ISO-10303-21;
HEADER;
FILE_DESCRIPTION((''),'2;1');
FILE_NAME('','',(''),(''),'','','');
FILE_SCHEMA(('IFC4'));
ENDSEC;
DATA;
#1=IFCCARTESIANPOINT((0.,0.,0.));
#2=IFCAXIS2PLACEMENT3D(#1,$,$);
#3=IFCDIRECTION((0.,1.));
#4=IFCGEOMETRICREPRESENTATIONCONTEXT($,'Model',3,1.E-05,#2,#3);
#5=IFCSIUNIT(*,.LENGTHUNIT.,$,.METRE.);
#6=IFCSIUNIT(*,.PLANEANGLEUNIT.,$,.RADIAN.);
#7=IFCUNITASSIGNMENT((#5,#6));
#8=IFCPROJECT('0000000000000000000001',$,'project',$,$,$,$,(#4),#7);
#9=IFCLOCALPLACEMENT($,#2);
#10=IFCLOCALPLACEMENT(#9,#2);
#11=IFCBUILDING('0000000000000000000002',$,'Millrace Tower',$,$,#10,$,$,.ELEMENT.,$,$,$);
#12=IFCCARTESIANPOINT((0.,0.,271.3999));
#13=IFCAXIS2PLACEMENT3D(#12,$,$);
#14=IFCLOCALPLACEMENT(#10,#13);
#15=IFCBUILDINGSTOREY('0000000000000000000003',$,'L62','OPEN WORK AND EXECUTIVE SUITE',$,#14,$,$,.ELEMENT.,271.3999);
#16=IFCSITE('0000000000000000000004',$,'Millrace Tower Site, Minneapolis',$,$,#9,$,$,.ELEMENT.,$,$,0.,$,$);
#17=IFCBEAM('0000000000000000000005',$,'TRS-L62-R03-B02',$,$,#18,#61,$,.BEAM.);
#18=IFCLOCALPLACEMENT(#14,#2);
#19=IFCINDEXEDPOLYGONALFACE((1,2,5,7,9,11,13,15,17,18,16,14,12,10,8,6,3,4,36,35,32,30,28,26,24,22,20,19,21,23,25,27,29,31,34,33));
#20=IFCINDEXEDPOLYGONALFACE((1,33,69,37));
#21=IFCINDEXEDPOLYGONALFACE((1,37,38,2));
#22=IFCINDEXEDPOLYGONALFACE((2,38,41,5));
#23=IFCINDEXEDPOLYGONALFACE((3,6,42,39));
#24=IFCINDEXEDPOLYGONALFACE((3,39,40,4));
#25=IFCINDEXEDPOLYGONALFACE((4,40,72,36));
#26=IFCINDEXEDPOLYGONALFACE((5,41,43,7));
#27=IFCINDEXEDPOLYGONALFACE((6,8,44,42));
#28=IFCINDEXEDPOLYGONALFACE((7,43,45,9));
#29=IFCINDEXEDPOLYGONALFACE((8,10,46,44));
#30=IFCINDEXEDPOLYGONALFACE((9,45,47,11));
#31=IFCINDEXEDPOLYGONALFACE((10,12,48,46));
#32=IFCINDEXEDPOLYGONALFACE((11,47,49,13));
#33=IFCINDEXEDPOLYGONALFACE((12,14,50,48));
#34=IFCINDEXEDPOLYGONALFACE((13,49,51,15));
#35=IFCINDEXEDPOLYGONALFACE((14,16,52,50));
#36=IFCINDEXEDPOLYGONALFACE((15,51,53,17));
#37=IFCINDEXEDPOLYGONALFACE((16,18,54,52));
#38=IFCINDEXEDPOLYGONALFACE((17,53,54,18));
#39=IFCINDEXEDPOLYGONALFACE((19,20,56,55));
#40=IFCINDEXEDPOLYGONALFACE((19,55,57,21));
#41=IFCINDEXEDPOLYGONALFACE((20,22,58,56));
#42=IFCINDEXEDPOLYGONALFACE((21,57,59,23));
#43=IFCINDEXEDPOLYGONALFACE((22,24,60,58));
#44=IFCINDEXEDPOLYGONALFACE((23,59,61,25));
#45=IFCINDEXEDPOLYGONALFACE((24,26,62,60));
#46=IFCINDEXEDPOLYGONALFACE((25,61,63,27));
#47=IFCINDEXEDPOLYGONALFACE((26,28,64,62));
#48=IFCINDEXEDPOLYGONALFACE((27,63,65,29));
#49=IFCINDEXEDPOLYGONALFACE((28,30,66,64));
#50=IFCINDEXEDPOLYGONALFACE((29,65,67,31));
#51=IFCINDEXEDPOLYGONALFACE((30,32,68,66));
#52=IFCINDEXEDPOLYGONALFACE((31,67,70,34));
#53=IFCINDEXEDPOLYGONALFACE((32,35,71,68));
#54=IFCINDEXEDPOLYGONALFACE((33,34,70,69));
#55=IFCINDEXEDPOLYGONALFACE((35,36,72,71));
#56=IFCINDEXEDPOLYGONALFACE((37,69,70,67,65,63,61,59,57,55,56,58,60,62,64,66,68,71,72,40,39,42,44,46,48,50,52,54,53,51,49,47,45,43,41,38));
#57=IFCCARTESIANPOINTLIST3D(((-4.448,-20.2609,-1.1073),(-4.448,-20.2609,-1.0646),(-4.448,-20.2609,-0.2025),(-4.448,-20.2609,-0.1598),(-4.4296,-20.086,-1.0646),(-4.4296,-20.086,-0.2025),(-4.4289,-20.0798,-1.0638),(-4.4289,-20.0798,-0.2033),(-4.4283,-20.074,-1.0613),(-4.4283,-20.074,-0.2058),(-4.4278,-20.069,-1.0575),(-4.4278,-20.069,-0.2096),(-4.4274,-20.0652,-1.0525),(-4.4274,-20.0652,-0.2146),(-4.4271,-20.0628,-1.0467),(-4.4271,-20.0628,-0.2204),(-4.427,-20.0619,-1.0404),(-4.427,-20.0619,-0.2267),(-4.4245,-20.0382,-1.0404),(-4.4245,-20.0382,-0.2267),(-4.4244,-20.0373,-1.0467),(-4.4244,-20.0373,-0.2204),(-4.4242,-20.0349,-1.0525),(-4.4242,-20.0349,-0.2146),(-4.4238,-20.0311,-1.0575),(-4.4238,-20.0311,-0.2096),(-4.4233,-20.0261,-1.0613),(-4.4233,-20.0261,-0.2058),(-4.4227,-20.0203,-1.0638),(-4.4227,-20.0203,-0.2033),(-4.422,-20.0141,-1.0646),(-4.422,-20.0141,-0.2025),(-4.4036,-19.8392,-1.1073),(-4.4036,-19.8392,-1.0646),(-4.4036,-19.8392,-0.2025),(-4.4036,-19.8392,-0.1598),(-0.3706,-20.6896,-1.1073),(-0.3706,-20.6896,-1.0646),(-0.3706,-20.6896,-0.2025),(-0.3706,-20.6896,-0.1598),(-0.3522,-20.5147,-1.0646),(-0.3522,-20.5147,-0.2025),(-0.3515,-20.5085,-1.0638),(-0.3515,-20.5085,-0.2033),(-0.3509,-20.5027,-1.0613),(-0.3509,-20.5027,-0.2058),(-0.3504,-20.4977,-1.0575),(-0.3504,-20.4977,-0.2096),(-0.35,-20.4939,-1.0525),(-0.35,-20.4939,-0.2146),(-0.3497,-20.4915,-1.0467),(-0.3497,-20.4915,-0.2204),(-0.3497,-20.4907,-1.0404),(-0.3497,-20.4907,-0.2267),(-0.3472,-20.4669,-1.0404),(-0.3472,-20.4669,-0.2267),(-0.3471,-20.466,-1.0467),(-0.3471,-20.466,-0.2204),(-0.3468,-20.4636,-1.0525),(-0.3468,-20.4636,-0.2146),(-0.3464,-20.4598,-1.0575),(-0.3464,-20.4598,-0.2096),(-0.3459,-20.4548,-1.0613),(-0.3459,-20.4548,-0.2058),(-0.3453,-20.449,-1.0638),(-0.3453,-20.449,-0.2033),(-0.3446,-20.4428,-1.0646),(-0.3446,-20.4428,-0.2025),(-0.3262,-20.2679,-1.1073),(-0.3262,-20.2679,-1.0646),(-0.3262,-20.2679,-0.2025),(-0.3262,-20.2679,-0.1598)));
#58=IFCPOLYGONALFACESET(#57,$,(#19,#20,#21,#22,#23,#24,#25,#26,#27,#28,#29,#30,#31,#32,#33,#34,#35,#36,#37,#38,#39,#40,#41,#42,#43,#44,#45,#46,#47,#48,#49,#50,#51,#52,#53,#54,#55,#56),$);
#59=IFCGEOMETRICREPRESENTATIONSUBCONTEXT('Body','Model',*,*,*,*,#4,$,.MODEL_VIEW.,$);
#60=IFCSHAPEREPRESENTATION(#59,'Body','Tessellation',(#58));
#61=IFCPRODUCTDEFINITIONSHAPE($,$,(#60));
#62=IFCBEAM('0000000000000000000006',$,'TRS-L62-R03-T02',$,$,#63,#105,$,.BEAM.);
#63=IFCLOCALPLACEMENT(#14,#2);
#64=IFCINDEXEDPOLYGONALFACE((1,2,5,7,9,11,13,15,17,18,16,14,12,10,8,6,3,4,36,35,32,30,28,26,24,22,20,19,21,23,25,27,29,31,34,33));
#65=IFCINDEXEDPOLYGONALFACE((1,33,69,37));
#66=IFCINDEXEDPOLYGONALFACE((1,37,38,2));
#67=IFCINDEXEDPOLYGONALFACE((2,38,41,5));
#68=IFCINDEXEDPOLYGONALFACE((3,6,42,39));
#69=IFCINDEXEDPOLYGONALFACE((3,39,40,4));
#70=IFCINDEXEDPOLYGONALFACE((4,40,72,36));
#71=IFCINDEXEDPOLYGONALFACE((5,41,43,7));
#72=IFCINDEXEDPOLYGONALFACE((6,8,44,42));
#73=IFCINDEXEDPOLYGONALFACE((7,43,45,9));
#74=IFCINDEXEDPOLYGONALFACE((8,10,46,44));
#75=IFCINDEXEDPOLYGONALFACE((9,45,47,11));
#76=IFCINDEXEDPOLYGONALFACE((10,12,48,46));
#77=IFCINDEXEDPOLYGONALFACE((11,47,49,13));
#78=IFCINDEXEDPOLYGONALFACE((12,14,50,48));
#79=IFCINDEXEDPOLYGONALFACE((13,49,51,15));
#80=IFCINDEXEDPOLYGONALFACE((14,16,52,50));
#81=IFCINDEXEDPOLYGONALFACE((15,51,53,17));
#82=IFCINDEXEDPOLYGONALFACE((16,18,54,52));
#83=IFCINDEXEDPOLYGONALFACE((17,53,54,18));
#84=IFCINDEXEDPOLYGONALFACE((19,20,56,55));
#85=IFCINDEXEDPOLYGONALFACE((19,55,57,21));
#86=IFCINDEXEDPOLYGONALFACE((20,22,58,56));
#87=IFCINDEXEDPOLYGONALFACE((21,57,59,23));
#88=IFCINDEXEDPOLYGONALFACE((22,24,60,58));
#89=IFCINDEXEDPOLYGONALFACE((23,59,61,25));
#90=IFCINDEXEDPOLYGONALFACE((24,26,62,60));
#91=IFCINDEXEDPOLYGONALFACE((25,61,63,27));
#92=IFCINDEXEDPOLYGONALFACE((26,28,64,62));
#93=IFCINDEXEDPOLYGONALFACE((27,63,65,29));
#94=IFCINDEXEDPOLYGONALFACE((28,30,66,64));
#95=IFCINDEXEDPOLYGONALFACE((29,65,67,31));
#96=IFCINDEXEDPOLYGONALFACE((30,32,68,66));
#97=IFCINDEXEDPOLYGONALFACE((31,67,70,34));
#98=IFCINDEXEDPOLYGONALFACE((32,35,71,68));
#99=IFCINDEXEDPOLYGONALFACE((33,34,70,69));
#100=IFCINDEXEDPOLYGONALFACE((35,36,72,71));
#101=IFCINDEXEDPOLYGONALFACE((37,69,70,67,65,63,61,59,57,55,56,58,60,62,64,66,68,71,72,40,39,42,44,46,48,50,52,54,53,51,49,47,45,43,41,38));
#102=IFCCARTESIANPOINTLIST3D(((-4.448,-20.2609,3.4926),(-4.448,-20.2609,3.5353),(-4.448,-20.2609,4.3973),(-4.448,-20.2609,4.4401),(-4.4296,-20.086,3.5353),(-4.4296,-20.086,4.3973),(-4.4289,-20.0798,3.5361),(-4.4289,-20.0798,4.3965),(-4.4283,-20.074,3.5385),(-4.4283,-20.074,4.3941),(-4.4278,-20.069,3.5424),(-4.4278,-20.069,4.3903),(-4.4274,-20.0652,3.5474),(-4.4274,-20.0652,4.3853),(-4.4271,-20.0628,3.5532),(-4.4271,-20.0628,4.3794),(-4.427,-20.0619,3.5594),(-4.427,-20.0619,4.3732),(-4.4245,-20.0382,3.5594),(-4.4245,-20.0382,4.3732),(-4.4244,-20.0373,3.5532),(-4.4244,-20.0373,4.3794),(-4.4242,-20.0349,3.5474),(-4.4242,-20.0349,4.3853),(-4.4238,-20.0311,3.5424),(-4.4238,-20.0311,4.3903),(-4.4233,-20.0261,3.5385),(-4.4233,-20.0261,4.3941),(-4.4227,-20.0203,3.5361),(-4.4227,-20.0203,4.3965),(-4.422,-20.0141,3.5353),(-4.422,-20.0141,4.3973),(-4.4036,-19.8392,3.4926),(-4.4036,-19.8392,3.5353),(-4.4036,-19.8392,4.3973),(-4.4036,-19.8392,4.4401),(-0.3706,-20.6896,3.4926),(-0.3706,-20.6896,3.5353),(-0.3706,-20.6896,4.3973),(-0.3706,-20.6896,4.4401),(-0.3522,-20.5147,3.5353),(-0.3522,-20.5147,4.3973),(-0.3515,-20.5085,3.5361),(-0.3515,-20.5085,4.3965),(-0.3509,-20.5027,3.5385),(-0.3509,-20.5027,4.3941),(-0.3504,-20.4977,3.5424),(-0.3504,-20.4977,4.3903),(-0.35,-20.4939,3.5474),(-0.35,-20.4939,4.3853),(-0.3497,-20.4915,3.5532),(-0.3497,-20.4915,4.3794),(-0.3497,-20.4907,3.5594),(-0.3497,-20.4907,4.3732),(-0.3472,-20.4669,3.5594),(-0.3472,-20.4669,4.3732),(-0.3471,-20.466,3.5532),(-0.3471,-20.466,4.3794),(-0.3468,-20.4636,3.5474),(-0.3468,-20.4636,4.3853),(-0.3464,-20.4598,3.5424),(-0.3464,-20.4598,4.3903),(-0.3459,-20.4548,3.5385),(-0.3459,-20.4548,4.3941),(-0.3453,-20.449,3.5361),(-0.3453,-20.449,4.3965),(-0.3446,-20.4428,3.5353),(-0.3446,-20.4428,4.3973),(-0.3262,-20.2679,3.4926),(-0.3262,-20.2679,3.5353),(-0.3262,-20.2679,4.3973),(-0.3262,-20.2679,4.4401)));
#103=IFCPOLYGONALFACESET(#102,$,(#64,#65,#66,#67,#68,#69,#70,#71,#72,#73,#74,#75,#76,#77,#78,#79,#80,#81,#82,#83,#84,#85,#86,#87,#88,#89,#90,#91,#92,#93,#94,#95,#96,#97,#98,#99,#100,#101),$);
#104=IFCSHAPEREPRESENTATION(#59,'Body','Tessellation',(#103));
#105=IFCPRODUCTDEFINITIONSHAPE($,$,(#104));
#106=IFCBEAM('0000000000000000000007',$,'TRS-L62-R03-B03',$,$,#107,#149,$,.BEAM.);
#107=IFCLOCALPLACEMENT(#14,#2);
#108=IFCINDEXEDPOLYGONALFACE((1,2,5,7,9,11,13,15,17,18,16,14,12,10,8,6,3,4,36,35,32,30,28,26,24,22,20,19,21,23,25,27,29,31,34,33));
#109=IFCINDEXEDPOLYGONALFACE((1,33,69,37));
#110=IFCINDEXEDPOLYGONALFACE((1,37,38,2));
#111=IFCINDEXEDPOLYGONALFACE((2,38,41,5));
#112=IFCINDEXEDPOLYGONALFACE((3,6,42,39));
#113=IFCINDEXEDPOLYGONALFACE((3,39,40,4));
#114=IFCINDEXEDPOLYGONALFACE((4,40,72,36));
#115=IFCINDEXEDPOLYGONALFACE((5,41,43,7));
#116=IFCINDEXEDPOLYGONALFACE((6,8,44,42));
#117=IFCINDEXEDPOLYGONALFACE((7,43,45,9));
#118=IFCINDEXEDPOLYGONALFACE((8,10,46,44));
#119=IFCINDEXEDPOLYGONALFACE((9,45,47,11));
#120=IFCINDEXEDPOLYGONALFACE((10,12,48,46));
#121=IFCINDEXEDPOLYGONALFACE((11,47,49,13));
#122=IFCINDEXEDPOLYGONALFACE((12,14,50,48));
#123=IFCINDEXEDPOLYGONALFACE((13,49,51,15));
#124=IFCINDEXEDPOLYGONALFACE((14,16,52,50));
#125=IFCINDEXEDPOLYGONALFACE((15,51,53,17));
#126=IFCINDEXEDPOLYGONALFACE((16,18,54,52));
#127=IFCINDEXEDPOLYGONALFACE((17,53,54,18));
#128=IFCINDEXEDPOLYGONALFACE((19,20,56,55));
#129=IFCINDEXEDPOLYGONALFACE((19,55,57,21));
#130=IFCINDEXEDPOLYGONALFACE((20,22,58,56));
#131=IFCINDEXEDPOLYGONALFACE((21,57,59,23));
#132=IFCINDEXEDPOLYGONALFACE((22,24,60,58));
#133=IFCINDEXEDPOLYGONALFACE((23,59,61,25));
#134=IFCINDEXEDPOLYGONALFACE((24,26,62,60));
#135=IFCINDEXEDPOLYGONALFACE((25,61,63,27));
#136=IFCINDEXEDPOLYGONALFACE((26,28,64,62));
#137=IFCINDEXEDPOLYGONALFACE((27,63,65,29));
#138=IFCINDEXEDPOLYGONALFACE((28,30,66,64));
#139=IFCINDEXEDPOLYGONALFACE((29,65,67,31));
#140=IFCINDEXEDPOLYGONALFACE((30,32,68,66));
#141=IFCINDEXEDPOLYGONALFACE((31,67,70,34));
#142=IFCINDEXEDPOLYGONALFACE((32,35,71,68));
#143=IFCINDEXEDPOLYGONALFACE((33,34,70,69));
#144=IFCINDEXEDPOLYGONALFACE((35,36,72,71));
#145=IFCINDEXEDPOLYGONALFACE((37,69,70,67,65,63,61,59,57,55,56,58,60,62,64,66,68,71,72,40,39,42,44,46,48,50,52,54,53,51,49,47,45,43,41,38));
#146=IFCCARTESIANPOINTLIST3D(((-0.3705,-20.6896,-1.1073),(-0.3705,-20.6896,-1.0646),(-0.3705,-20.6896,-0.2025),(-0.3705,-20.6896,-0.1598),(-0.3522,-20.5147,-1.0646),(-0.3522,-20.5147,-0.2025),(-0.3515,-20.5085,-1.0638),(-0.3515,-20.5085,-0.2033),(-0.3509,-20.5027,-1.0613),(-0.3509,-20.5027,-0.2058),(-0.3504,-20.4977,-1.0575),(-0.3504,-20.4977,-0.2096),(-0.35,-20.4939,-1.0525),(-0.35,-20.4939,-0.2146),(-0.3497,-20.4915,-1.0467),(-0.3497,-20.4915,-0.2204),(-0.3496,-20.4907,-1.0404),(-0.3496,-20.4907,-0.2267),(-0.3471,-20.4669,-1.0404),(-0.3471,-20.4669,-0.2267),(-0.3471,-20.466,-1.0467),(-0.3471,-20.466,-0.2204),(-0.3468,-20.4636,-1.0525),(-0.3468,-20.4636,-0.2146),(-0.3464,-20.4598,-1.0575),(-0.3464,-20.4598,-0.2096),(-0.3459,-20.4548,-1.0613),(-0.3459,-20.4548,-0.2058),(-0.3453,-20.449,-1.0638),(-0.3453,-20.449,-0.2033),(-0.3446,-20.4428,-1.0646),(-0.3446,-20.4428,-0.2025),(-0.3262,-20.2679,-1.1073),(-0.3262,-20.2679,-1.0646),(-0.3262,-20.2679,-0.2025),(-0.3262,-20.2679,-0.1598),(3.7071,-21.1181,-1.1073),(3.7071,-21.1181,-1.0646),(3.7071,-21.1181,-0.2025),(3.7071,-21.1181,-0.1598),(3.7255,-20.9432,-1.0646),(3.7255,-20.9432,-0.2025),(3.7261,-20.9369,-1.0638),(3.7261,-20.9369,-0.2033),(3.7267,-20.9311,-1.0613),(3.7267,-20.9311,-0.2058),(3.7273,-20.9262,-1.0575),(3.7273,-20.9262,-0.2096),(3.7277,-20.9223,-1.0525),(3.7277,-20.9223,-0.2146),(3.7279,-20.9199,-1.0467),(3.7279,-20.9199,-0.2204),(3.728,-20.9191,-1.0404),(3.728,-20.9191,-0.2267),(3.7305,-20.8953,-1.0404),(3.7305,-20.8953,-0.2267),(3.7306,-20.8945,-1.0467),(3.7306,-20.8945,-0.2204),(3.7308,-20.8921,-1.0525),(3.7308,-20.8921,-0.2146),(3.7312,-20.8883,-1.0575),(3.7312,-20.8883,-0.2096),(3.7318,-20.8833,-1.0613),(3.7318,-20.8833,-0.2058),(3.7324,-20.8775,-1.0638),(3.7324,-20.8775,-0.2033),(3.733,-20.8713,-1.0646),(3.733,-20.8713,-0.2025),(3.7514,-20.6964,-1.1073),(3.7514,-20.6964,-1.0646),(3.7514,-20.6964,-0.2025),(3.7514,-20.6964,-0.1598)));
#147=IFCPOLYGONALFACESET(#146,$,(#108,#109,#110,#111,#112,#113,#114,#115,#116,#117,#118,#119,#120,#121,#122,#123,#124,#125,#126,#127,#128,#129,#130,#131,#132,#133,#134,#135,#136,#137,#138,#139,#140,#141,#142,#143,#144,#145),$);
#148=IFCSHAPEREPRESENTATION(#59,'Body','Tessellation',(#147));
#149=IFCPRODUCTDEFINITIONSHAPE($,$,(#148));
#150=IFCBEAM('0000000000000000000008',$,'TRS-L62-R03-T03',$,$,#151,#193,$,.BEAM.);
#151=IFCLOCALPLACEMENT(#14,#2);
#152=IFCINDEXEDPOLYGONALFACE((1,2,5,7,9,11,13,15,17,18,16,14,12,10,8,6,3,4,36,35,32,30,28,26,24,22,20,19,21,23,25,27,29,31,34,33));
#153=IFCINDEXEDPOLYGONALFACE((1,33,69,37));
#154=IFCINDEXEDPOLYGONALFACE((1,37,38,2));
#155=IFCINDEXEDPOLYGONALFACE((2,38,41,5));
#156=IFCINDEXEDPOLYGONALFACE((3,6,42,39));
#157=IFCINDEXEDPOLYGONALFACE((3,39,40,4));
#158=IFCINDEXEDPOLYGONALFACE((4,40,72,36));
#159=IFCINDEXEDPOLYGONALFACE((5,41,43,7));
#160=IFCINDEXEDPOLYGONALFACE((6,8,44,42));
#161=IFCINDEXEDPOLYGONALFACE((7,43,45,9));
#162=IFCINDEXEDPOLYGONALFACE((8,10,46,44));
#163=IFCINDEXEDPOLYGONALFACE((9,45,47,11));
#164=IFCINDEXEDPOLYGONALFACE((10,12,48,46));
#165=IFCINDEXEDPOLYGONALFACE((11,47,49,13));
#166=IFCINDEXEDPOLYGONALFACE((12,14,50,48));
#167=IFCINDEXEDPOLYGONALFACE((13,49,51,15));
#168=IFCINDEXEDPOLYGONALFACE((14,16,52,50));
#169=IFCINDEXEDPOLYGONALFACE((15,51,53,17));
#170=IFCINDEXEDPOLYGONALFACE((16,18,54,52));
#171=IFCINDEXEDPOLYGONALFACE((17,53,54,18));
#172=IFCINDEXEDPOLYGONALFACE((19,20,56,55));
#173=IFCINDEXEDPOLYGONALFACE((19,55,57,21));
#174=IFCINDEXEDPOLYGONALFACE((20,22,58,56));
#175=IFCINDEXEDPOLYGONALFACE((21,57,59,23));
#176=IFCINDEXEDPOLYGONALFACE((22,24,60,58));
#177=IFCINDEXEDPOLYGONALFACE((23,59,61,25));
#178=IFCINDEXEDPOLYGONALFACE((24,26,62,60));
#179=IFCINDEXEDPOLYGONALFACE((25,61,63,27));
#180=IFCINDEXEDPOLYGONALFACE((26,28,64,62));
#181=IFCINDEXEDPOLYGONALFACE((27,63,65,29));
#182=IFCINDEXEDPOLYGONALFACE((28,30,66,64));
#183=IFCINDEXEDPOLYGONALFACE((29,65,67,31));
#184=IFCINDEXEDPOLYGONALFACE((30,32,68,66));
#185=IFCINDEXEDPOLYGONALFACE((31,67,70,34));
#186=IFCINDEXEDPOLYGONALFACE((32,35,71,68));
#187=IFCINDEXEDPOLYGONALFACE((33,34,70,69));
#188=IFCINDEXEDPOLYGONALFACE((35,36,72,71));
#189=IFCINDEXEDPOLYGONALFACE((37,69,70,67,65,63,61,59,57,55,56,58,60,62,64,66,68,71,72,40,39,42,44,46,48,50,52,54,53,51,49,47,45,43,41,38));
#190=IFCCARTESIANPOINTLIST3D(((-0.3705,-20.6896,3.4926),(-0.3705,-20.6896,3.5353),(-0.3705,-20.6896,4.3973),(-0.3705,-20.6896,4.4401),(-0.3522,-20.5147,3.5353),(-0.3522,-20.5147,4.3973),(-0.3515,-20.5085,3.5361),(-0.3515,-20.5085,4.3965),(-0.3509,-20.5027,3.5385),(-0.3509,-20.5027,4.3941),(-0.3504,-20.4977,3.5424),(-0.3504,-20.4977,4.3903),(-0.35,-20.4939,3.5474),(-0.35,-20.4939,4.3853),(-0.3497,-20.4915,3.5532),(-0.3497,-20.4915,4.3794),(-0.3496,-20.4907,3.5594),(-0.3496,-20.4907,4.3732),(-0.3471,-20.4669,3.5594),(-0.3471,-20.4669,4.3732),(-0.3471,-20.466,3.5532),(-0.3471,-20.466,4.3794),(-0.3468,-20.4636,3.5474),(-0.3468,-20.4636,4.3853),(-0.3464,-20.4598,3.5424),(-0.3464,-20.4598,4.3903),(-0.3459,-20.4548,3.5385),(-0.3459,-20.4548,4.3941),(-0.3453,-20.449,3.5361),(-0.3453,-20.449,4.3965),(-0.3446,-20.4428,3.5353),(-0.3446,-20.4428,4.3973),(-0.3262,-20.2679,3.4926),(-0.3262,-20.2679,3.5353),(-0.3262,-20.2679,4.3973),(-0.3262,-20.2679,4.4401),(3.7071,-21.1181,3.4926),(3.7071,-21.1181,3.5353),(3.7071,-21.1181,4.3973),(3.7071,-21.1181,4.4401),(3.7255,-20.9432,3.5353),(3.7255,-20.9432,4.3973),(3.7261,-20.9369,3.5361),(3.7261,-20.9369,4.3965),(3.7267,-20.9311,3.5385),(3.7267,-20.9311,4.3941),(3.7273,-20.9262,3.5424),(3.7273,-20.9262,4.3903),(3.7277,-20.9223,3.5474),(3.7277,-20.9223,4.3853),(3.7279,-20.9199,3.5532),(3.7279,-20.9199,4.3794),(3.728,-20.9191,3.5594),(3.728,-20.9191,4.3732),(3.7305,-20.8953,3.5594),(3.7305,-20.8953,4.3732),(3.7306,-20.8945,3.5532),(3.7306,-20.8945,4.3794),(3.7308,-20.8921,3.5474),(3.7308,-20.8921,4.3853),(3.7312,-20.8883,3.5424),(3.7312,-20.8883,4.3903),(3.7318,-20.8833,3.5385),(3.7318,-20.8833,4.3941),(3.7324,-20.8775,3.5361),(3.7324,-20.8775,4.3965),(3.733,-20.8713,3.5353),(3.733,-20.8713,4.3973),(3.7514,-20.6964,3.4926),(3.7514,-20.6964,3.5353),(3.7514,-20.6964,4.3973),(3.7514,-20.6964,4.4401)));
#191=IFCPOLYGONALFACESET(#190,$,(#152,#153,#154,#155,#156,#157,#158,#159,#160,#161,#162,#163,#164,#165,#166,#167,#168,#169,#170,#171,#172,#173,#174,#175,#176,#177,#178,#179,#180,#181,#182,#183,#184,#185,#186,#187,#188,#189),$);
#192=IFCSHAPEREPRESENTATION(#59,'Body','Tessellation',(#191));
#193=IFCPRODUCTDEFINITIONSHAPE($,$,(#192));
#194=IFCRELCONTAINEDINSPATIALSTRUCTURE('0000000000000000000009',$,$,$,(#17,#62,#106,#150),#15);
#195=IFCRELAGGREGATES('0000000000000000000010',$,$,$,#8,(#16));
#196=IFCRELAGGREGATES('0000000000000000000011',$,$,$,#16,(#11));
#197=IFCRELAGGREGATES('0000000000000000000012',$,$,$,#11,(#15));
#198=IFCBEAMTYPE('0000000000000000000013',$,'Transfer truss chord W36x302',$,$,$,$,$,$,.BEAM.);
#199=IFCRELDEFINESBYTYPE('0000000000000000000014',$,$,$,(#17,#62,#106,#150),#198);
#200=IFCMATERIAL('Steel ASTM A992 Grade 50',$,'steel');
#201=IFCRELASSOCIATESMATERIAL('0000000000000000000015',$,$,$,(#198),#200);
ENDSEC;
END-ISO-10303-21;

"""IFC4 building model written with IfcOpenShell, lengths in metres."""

from ifc_helpers import new_model, si_unit, direction, frame, origin, origin_2d, place, context, subcontext, project, spatial, i_section, extrude, material, material_profile, profile_set, type_object, element, save


model = new_model("IFC4")

# Units and contexts
model_context = context("Model", 3, precision=1e-05, world=origin(), true_north=direction((0.0, 1.0)))
body_context = subcontext(model_context, "Body", "Model", "MODEL_VIEW")
ifc_project = project(units=[si_unit("LENGTHUNIT", "METRE"), si_unit("PLANEANGLEUNIT", "RADIAN")], contexts=[model_context])

# Site, building, storey
site_placement = place(None, origin())
site = spatial("IfcSite", under=ifc_project, at=site_placement, Name="Millrace Tower Site, Minneapolis", CompositionType="ELEMENT", RefElevation=0.0)
building_placement = place(site_placement, origin())
building = spatial("IfcBuilding", under=site, at=building_placement, Name="Millrace Tower", CompositionType="ELEMENT")
storey_placement = place(building_placement, frame((0.0, 0.0, 271.3999)))
storey = spatial("IfcBuildingStorey", under=building, at=storey_placement, Name="L62", Description="OPEN WORK AND EXECUTIVE SUITE", CompositionType="ELEMENT", Elevation=271.3999)

# Beams
ifc_material_1 = material(Name="Steel ASTM A992 Grade 50", Category="steel")
ifc_material_profile_1 = material_profile(ifc_material_1, i_section(OverallWidth=0.4241, OverallDepth=0.9475, WebThickness=0.0239, FlangeThickness=0.0427, FilletRadius=0.0242, at=origin_2d()))
ifc_profile_set_1 = profile_set([ifc_material_profile_1], Name="Steel ASTM A992 Grade 50")
beam_type_1 = type_object("IfcBeamType", Name="Transfer truss chord W36x302", PredefinedType="BEAM", material=ifc_profile_set_1)
for number, where, z_axis, x_axis, name in (
    (1, (-4.4258, -20.05, -0.6335), (0.994518, -0.104567, 0.0), (0.104567, 0.994518, 0.0), "TRS-L62-R03-B02"),
    (2, (-4.4258, -20.05, 3.9663), (0.994518, -0.104567, 0.0), (0.104567, 0.994518, 0.0), "TRS-L62-R03-T02"),
):
    element("IfcBeam", number, at=place(storey_placement, frame(where, z_axis=z_axis, x_axis=x_axis)), inside=storey, type_object=beam_type_1, Name=name, PredefinedType="BEAM", context=body_context, shape_type="SweptSolid", body=[
        extrude(i_section(OverallWidth=0.4241, OverallDepth=0.9475, WebThickness=0.0239, FlangeThickness=0.0427, FilletRadius=0.0242, at=origin_2d()), origin(), (0.0, 0.0, 1.0), 4.0999),
    ])
for number, where, z_axis, x_axis, name in (
    (3, (-0.3484, -20.4788, -0.6335), (0.994525, -0.104502, 0.0), (0.104502, 0.994525, 0.0), "TRS-L62-R03-B03"),
    (4, (-0.3484, -20.4788, 3.9663), (0.994525, -0.104502, 0.0), (0.104502, 0.994525, 0.0), "TRS-L62-R03-T03"),
):
    element("IfcBeam", number, at=place(storey_placement, frame(where, z_axis=z_axis, x_axis=x_axis)), inside=storey, type_object=beam_type_1, Name=name, PredefinedType="BEAM", context=body_context, shape_type="SweptSolid", body=[
        extrude(i_section(OverallWidth=0.4241, OverallDepth=0.9475, WebThickness=0.0239, FlangeThickness=0.0427, FilletRadius=0.0242, at=origin_2d()), origin(), (0.0, 0.0, 1.0), 4.1001),
    ])

save(model, "model.ifc")
